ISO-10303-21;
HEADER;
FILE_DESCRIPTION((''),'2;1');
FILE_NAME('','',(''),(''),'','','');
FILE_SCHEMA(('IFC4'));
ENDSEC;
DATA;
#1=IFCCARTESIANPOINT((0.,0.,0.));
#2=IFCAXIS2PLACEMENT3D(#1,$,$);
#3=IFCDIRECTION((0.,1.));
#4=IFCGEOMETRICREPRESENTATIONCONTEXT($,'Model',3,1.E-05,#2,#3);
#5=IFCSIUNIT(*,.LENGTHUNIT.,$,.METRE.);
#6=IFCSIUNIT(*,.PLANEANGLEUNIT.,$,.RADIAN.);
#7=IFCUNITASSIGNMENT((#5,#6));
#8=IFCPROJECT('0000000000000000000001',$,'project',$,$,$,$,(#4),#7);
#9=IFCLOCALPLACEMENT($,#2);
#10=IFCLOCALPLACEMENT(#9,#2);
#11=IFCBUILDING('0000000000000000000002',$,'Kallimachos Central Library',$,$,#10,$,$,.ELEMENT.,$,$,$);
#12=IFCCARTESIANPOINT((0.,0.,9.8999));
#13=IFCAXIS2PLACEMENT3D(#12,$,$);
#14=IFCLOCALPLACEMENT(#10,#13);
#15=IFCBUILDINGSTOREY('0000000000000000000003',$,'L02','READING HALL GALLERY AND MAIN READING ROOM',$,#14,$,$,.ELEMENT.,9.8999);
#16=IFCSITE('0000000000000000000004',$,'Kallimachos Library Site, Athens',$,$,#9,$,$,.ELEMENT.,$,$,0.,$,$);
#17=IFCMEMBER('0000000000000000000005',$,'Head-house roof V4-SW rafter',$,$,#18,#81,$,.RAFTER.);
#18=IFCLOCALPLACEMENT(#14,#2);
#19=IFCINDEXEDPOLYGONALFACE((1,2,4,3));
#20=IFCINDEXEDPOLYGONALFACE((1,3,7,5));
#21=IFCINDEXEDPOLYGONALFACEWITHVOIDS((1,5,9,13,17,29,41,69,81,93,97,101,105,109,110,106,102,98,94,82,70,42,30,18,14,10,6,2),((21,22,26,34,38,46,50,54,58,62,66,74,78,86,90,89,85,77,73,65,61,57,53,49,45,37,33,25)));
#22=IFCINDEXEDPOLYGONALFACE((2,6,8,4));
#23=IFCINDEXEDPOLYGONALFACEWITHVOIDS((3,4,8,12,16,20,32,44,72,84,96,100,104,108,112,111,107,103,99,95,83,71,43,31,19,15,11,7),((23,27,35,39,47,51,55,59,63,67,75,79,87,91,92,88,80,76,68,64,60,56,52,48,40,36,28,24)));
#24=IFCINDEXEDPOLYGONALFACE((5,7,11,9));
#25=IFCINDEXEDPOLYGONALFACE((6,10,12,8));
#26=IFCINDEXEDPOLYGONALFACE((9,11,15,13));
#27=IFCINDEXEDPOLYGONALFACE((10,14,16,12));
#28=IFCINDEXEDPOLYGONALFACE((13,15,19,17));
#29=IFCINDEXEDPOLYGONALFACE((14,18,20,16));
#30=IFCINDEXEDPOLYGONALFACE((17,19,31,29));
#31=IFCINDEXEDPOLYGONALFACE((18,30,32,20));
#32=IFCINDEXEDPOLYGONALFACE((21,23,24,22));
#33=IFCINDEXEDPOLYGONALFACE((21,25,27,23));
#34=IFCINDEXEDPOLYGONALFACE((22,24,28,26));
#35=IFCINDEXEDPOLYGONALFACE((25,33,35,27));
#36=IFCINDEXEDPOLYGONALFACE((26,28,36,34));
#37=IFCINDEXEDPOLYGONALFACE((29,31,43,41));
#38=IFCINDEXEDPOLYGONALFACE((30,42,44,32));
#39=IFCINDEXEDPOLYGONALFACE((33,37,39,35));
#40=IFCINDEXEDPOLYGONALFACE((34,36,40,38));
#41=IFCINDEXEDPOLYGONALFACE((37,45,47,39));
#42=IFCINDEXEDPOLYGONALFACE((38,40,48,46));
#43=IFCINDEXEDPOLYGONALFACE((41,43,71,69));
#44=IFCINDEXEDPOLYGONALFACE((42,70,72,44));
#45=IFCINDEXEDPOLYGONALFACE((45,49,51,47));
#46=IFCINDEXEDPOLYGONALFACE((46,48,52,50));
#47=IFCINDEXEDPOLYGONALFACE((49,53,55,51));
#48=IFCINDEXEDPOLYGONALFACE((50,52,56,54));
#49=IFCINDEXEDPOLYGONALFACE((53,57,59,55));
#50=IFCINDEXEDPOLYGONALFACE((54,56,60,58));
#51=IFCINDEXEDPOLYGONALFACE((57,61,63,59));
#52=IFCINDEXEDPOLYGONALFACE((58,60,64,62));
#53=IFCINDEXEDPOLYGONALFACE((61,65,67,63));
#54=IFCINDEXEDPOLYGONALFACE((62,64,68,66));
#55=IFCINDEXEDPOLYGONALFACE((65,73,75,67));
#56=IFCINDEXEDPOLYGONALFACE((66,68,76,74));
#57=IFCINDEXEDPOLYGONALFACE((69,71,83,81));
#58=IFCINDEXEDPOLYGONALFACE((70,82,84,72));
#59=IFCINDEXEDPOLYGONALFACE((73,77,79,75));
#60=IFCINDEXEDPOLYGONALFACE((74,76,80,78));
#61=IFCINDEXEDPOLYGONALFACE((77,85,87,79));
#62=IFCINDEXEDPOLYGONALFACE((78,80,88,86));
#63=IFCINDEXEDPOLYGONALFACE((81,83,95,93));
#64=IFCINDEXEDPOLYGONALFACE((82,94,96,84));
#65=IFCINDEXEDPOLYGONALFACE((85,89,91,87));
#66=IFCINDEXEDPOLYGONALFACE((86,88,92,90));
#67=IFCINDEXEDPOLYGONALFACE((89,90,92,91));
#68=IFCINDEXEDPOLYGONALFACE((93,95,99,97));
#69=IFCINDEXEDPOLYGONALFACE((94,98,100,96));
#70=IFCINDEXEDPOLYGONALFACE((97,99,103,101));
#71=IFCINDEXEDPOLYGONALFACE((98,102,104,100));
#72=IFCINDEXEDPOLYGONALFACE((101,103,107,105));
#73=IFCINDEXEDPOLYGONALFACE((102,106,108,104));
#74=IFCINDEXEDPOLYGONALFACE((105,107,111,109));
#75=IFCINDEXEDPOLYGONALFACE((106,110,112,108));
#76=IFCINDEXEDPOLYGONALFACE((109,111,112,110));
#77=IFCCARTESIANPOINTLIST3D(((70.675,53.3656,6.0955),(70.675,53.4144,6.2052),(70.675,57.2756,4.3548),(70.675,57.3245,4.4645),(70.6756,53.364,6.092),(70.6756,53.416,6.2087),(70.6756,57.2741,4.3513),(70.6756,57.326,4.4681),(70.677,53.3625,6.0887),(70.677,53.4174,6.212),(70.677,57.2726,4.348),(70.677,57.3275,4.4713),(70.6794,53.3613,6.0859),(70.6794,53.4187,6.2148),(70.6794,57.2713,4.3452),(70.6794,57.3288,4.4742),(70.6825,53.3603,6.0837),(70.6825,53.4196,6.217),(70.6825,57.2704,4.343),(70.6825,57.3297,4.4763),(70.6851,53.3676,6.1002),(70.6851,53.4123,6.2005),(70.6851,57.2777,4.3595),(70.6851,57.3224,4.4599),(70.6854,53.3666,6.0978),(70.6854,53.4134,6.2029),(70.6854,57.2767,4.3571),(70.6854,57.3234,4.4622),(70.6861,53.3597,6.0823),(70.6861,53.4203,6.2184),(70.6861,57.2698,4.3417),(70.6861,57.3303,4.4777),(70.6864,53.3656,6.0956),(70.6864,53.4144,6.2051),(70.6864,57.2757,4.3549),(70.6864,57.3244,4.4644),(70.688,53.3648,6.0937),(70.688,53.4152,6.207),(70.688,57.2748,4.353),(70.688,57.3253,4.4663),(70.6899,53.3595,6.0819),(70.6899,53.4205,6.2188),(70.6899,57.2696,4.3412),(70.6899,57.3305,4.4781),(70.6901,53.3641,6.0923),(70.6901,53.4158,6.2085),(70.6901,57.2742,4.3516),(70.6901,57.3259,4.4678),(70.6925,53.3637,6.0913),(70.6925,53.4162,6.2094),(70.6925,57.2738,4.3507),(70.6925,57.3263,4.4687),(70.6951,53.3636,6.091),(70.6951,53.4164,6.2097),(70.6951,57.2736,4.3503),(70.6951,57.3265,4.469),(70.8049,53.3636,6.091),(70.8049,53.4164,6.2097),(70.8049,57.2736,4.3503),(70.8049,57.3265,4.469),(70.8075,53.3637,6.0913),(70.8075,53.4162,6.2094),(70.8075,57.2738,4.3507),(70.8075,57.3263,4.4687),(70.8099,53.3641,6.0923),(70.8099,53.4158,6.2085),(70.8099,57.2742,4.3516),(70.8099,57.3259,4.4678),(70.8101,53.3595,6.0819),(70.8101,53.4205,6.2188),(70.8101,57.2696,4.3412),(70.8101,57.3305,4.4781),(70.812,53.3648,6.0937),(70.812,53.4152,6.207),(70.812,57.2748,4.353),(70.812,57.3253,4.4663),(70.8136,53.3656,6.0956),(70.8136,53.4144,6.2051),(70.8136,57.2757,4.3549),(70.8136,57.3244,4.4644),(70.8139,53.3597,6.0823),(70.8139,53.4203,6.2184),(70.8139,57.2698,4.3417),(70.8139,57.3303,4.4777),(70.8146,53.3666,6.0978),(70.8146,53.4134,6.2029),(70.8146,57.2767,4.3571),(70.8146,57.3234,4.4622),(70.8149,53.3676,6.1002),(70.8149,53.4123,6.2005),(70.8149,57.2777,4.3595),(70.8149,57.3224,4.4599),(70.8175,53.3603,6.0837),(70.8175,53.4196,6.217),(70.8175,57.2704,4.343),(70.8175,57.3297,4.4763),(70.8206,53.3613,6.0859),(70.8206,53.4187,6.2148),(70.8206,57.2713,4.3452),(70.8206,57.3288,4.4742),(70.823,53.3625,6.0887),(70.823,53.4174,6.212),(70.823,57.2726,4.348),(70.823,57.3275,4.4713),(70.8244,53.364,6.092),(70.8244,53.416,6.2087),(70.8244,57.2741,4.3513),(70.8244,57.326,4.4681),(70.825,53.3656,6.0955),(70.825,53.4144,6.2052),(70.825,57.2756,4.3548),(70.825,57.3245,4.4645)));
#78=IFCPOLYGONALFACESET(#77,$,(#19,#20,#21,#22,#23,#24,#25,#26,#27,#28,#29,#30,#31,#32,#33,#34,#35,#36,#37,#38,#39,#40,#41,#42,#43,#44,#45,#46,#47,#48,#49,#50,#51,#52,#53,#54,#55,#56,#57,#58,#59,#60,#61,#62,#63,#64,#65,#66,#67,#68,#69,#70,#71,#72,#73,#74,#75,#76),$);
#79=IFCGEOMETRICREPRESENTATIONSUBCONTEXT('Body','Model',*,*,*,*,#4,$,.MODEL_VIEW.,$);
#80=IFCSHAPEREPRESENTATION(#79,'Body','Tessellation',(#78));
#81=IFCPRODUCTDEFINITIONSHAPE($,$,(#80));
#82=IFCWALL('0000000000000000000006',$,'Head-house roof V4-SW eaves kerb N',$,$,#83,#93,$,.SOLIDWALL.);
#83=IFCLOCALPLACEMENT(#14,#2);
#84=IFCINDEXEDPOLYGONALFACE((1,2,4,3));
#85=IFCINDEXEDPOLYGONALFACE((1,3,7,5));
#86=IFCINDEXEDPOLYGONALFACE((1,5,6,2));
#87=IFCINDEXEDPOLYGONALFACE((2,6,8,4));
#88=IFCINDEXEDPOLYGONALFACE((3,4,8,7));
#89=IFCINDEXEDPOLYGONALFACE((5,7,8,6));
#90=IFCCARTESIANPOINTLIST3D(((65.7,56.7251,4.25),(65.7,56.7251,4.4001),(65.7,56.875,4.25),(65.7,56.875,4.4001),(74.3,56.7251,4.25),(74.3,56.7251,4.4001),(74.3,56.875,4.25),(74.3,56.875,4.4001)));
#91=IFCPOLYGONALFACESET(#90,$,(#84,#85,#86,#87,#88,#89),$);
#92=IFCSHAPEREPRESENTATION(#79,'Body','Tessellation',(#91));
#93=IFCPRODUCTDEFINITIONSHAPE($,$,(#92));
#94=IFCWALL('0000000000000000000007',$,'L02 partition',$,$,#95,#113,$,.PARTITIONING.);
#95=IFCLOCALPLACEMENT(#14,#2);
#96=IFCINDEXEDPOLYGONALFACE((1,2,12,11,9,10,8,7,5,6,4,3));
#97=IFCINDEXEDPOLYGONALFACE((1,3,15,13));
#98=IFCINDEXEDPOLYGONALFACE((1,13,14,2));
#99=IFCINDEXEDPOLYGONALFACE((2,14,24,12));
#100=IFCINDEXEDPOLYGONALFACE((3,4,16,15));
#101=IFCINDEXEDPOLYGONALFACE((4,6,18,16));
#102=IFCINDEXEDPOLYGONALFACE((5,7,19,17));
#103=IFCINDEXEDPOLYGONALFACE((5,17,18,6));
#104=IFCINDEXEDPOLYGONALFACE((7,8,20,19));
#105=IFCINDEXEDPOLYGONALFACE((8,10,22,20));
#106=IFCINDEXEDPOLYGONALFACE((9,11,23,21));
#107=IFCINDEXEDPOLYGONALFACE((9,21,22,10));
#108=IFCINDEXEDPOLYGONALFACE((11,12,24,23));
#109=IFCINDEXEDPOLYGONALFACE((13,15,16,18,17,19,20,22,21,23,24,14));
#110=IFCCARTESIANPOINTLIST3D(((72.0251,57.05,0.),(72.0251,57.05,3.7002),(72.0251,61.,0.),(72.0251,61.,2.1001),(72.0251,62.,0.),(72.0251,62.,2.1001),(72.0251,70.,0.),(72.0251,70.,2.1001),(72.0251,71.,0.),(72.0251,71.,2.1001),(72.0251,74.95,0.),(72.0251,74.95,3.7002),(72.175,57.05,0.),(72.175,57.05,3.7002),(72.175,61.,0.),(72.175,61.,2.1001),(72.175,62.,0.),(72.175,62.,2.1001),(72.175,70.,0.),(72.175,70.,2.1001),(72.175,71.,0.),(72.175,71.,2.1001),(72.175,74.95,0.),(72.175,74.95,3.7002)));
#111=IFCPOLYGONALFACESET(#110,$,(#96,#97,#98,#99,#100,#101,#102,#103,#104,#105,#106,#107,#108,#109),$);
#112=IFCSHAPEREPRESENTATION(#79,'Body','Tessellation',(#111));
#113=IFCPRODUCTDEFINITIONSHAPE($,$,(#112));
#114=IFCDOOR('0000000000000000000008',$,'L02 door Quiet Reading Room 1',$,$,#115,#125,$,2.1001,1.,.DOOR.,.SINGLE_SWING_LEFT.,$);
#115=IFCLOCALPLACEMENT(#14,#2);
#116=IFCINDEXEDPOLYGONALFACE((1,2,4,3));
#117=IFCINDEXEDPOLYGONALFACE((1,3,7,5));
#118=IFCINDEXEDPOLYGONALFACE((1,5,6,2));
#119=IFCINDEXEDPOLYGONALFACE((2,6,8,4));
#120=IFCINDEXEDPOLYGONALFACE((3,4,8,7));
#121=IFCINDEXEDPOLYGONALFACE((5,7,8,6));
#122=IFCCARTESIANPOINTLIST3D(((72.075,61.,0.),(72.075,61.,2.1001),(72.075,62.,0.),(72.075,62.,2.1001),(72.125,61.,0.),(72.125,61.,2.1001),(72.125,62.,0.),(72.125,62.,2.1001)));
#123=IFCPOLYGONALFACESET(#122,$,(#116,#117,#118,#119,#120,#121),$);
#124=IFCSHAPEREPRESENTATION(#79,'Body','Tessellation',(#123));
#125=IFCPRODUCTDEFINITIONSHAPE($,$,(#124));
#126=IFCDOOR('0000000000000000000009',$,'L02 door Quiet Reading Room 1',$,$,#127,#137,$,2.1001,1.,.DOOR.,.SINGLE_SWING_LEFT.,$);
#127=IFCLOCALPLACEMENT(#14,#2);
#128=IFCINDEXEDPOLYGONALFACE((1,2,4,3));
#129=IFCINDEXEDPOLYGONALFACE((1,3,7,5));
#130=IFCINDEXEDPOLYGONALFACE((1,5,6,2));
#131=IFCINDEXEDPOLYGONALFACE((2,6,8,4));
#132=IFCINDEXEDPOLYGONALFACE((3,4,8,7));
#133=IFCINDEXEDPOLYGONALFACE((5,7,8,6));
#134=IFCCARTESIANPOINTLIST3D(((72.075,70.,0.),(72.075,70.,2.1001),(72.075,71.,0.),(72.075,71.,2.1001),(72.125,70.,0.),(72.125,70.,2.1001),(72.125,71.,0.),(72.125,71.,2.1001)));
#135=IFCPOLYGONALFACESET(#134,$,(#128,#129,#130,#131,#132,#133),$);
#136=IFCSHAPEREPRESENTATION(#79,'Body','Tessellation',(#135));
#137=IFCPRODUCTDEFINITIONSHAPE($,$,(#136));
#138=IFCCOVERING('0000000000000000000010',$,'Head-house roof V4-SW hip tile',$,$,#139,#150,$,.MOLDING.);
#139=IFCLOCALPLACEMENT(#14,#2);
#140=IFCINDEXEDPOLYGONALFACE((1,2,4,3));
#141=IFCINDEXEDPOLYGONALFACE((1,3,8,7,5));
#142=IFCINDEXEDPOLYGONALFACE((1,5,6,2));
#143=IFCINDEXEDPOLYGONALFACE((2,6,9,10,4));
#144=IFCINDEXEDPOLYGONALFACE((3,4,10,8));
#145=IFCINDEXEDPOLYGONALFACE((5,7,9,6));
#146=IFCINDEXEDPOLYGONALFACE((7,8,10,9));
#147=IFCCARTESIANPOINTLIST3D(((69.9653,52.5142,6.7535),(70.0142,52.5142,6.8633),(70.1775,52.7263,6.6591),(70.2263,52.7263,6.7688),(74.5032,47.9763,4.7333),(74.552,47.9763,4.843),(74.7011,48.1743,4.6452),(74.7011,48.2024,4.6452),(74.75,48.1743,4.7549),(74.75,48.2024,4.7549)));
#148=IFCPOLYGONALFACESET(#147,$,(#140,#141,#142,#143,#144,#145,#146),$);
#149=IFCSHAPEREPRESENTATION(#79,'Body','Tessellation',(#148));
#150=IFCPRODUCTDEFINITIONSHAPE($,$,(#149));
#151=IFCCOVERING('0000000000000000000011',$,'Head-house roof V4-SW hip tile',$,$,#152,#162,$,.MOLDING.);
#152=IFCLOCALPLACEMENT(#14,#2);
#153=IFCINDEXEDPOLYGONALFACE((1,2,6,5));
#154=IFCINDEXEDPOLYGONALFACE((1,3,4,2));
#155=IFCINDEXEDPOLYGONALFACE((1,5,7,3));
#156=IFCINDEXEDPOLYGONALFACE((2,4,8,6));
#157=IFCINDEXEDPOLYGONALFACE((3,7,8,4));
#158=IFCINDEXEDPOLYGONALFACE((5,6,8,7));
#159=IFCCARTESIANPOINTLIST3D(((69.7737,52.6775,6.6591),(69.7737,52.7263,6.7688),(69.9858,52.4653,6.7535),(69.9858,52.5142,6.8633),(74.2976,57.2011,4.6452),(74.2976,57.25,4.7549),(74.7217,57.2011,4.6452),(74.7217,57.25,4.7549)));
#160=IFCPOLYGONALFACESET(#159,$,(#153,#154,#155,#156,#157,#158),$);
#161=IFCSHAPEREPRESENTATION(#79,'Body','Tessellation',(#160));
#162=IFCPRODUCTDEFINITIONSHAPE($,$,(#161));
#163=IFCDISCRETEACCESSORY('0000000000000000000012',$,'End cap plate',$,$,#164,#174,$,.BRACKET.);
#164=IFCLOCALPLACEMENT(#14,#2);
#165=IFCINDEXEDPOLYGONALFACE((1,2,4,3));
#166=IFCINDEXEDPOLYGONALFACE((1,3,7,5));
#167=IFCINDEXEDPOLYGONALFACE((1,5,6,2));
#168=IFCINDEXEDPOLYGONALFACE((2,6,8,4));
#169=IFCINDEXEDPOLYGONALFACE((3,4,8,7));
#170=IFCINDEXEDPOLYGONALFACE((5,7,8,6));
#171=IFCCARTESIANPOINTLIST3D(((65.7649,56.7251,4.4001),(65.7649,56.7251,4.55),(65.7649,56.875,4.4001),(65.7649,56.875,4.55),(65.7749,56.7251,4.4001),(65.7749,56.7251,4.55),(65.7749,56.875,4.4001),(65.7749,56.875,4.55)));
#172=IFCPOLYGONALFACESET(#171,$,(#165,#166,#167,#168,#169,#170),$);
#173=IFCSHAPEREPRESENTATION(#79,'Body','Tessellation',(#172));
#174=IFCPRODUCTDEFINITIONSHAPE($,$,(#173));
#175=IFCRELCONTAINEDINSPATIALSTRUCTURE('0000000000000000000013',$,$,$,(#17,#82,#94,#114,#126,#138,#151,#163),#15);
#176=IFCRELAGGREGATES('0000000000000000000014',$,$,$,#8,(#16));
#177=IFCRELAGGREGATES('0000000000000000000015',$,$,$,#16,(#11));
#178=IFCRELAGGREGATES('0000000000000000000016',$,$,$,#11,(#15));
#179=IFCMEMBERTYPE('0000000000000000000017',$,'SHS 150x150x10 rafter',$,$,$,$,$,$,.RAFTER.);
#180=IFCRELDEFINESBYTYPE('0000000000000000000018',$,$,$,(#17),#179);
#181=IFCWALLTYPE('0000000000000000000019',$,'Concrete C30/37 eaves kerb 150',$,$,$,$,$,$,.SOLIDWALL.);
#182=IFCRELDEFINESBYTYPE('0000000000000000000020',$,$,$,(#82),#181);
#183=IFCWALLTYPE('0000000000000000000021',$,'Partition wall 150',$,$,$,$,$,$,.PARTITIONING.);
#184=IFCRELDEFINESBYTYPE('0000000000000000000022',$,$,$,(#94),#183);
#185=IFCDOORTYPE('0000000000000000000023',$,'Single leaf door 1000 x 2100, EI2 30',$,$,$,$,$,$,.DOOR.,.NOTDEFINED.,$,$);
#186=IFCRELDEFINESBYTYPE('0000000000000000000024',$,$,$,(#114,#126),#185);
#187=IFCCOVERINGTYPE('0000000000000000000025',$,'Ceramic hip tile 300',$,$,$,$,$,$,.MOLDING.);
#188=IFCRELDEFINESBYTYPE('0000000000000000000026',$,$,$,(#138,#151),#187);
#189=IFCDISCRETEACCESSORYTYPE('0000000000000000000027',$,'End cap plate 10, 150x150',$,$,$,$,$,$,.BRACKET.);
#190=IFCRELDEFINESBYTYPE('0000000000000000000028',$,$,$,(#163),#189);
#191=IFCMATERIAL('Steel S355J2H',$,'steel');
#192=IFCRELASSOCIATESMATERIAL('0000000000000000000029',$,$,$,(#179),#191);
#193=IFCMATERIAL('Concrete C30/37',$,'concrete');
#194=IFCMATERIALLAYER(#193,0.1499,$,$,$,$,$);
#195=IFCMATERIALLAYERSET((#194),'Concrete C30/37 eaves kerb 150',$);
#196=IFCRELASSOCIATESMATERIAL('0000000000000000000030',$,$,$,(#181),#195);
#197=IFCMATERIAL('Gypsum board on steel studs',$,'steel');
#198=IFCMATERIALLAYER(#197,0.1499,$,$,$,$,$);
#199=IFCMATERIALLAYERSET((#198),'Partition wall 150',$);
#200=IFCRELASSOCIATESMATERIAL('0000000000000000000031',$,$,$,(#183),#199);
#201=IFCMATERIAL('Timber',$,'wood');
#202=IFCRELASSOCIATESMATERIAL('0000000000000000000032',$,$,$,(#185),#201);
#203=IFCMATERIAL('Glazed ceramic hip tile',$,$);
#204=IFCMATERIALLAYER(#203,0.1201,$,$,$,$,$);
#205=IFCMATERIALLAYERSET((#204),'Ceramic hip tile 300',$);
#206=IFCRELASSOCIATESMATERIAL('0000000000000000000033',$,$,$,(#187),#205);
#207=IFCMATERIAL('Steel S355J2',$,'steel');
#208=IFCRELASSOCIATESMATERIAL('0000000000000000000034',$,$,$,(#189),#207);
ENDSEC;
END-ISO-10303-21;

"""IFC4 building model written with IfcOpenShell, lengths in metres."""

from ifc_helpers import new_model, si_unit, direction, frame, frame_2d, origin, origin_2d, place, context, subcontext, project, spatial, polyline, rectangle, hollow_rectangle, outline, extrude, material, layer, layer_set, material_profile, profile_set, type_object, element, fill, save


model = new_model("IFC4")

# Units and contexts
model_context = context("Model", 3, precision=1e-05, world=origin(), true_north=direction((0.0, 1.0)))
body_context = subcontext(model_context, "Body", "Model", "MODEL_VIEW")
ifc_project = project(units=[si_unit("LENGTHUNIT", "METRE"), si_unit("PLANEANGLEUNIT", "RADIAN")], contexts=[model_context])

# Site, building, storey
site_placement = place(None, origin())
site = spatial("IfcSite", under=ifc_project, at=site_placement, Name="Kallimachos Library Site, Athens", CompositionType="ELEMENT", RefElevation=0.0)
building_placement = place(site_placement, origin())
building = spatial("IfcBuilding", under=site, at=building_placement, Name="Kallimachos Central Library", CompositionType="ELEMENT")
storey_placement = place(building_placement, frame((0.0, 0.0, 9.8999)))
storey = spatial("IfcBuildingStorey", under=building, at=storey_placement, Name="L02", Description="READING HALL GALLERY AND MAIN READING ROOM", CompositionType="ELEMENT", Elevation=9.8999)

# Member
ifc_material_1 = material(Name="Steel S355J2H", Category="steel")
ifc_material_profile_1 = material_profile(ifc_material_1, hollow_rectangle(XDim=0.1499, YDim=0.1499, WallThickness=0.01, InnerFilletRadius=0.01, OuterFilletRadius=0.0149, at=origin_2d()), Name="SHS 150x150x10")
ifc_profile_set_1 = profile_set([ifc_material_profile_1], Name="Steel S355J2H")
member_type_1 = type_object("IfcMemberType", Name="SHS 150x150x10 rafter", PredefinedType="RAFTER", material=ifc_profile_set_1)
member_1_placement = place(storey_placement, frame((70.75, 57.3, 4.4097), z_axis=(0.0, -0.913562, 0.406699), x_axis=(1.0, 0.0, 0.0)))
element("IfcMember", 1, at=member_1_placement, inside=storey, type_object=member_type_1, Name="Head-house roof V4-SW rafter", PredefinedType="RAFTER", context=body_context, shape_type="SweptSolid", body=[
    extrude(hollow_rectangle(XDim=0.1499, YDim=0.1499, WallThickness=0.01, InnerFilletRadius=0.01, OuterFilletRadius=0.0149, at=origin_2d()), origin(), (0.0, 0.0, 1.0), 4.28),
])

# Wall
ifc_material_2 = material(Name="Concrete C30/37", Category="concrete")
ifc_layer_1 = layer(ifc_material_2, 0.1499)
ifc_layer_set_1 = layer_set([ifc_layer_1], Name="Concrete C30/37 eaves kerb 150")
wall_type_1 = type_object("IfcWallType", Name="Concrete C30/37 eaves kerb 150", PredefinedType="SOLIDWALL", material=ifc_layer_set_1)
wall_1_placement = place(storey_placement, frame((65.7, 56.8, 4.25), z_axis=(0.0, 0.0, 1.0), x_axis=(1.0, 0.0, 0.0)))
element("IfcWall", 2, at=wall_1_placement, inside=storey, type_object=wall_type_1, Name="Head-house roof V4-SW eaves kerb N", PredefinedType="SOLIDWALL", context=body_context, shape_type="SweptSolid", body=[
    extrude(rectangle(XDim=8.6001, YDim=0.1499, at=frame_2d((4.3, 0.0))), origin(), (0.0, 0.0, 1.0), 0.1501),
])

# Wall, openings, doors
ifc_material_3 = material(Name="Gypsum board on steel studs", Category="steel")
ifc_layer_2 = layer(ifc_material_3, 0.1499)
ifc_layer_set_2 = layer_set([ifc_layer_2], Name="Partition wall 150")
wall_type_2 = type_object("IfcWallType", Name="Partition wall 150", PredefinedType="PARTITIONING", material=ifc_layer_set_2)
wall_2_placement = place(storey_placement, frame((72.1001, 57.05, 0.0), z_axis=(0.0, 0.0, 1.0), x_axis=(0.0, 1.0, 0.0)))
wall_2 = element("IfcWall", 3, at=wall_2_placement, inside=storey, type_object=wall_type_2, Name="L02 partition", PredefinedType="PARTITIONING", context=body_context, shape_type="SweptSolid", body=[
    extrude(rectangle(XDim=17.8999, YDim=0.1499, at=frame_2d((8.95, 0.0))), origin(), (0.0, 0.0, 1.0), 3.7002),
])
opening_1_placement = place(wall_2_placement, frame((3.95, 0.0, 0.0)))
opening_1 = element("IfcOpeningElement", 4, at=opening_1_placement, cuts=wall_2, PredefinedType="OPENING", context=body_context, shape_type="SweptSolid", body=[
    extrude(rectangle(XDim=1.0, YDim=2.1001, at=frame_2d((0.5, 1.05))), frame((0.0, 0.085, 0.0), z_axis=(0.0, -1.0, 0.0), x_axis=(1.0, 0.0, 0.0)), (0.0, 0.0, 1.0), 0.1699),
])
opening_2_placement = place(wall_2_placement, frame((12.95, 0.0, 0.0)))
opening_2 = element("IfcOpeningElement", 5, at=opening_2_placement, cuts=wall_2, PredefinedType="OPENING", context=body_context, shape_type="SweptSolid", body=[
    extrude(rectangle(XDim=1.0, YDim=2.1001, at=frame_2d((0.5, 1.05))), frame((0.0, 0.085, 0.0), z_axis=(0.0, -1.0, 0.0), x_axis=(1.0, 0.0, 0.0)), (0.0, 0.0, 1.0), 0.1699),
])
ifc_material_4 = material(Name="Timber", Category="wood")
door_type = type_object("IfcDoorType", Name="Single leaf door 1000 x 2100, EI2 30", OperationType="NOTDEFINED", PredefinedType="DOOR", material=ifc_material_4)
door_1_placement = place(opening_1_placement, frame((1.0, 0.0, 0.0), z_axis=(0.0, 0.0, 1.0), x_axis=(-1.0, 0.0, 0.0)))
door_1 = element("IfcDoor", 6, at=door_1_placement, inside=storey, type_object=door_type, Name="L02 door Quiet Reading Room 1", OperationType="SINGLE_SWING_LEFT", OverallHeight=2.1001, OverallWidth=1.0, PredefinedType="DOOR", context=body_context, shape_type="SweptSolid", body=[
    extrude(rectangle(XDim=1.0, YDim=2.1001, at=frame_2d((0.5, 1.05))), frame((0.0, 0.0249, 0.0), z_axis=(0.0, -1.0, 0.0), x_axis=(1.0, 0.0, 0.0)), (0.0, 0.0, 1.0), 0.05),
])
fill(opening_1, door_1)
door_2_placement = place(opening_2_placement, frame((1.0, 0.0, 0.0), z_axis=(0.0, 0.0, 1.0), x_axis=(-1.0, 0.0, 0.0)))
door_2 = element("IfcDoor", 7, at=door_2_placement, inside=storey, type_object=door_type, Name="L02 door Quiet Reading Room 1", OperationType="SINGLE_SWING_LEFT", OverallHeight=2.1001, OverallWidth=1.0, PredefinedType="DOOR", context=body_context, shape_type="SweptSolid", body=[
    extrude(rectangle(XDim=1.0, YDim=2.1001, at=frame_2d((0.5, 1.05))), frame((0.0, 0.0249, 0.0), z_axis=(0.0, -1.0, 0.0), x_axis=(1.0, 0.0, 0.0)), (0.0, 0.0, 1.0), 0.05),
])
fill(opening_2, door_2)

# Coverings
ifc_material_5 = material(Name="Glazed ceramic hip tile")
ifc_layer_3 = layer(ifc_material_5, 0.1201)
ifc_layer_set_3 = layer_set([ifc_layer_3], Name="Ceramic hip tile 300")
covering_type = type_object("IfcCoveringType", Name="Ceramic hip tile 300", PredefinedType="MOLDING", material=ifc_layer_set_3)
covering_1_placement = place(storey_placement, frame((70.0142, 52.5142, 6.8633), z_axis=(0.406728, 0.000017, 0.913549), x_axis=(0.674482, 0.674456, -0.300304)))
element("IfcCovering", 8, at=covering_1_placement, inside=storey, type_object=covering_type, Name="Head-house roof V4-SW hip tile", PredefinedType="MOLDING", context=body_context, shape_type="SweptSolid", body=[
    extrude(outline(polyline([(0.0, 0.0), (0.3146, 0.0), (0.9193, -6.6798), (0.9004, -6.7005), (0.6068, -6.7005), (0.0, 0.0)])), origin(), (0.0, 0.0, -1.0), 0.1201),
])
covering_2_placement = place(storey_placement, frame((69.9858, 52.5142, 6.8633), z_axis=(-0.000032, 0.40674, 0.913544), x_axis=(-0.674456, 0.674474, -0.300322)))
element("IfcCovering", 9, at=covering_2_placement, inside=storey, type_object=covering_type, Name="Head-house roof V4-SW hip tile", PredefinedType="MOLDING", context=body_context, shape_type="SweptSolid", body=[
    extrude(outline(polyline([(0.0, 0.0), (0.3146, 0.0), (0.9193, -6.6798), (0.6333, -6.9929), (0.0, 0.0)])), origin(), (0.0, 0.0, -1.0), 0.1201),
])

# Discrete accessory
ifc_material_6 = material(Name="Steel S355J2", Category="steel")
ifc_material_profile_2 = material_profile(ifc_material_6, rectangle(XDim=0.1499, YDim=0.1499, at=origin_2d()), Name="End cap plate 10, 150x150")
ifc_profile_set_2 = profile_set([ifc_material_profile_2], Name="Steel S355J2")
discrete_accessory_type = type_object("IfcDiscreteAccessoryType", Name="End cap plate 10, 150x150", PredefinedType="BRACKET", material=ifc_profile_set_2)
for number, where, z_axis, x_axis, name in (
    (10, (65.7649, 56.8, 4.4751), (1.0, 0.0, 0.0), (0.0, 1.0, 0.0), "End cap plate"),
):
    element("IfcDiscreteAccessory", number, at=place(storey_placement, frame(where, z_axis=z_axis, x_axis=x_axis)), inside=storey, type_object=discrete_accessory_type, Name=name, PredefinedType="BRACKET", context=body_context, shape_type="SweptSolid", body=[
        extrude(rectangle(XDim=0.1499, YDim=0.1499, at=origin_2d()), origin(), (0.0, 0.0, 1.0), 0.01),
    ])

save(model, "model.ifc")
